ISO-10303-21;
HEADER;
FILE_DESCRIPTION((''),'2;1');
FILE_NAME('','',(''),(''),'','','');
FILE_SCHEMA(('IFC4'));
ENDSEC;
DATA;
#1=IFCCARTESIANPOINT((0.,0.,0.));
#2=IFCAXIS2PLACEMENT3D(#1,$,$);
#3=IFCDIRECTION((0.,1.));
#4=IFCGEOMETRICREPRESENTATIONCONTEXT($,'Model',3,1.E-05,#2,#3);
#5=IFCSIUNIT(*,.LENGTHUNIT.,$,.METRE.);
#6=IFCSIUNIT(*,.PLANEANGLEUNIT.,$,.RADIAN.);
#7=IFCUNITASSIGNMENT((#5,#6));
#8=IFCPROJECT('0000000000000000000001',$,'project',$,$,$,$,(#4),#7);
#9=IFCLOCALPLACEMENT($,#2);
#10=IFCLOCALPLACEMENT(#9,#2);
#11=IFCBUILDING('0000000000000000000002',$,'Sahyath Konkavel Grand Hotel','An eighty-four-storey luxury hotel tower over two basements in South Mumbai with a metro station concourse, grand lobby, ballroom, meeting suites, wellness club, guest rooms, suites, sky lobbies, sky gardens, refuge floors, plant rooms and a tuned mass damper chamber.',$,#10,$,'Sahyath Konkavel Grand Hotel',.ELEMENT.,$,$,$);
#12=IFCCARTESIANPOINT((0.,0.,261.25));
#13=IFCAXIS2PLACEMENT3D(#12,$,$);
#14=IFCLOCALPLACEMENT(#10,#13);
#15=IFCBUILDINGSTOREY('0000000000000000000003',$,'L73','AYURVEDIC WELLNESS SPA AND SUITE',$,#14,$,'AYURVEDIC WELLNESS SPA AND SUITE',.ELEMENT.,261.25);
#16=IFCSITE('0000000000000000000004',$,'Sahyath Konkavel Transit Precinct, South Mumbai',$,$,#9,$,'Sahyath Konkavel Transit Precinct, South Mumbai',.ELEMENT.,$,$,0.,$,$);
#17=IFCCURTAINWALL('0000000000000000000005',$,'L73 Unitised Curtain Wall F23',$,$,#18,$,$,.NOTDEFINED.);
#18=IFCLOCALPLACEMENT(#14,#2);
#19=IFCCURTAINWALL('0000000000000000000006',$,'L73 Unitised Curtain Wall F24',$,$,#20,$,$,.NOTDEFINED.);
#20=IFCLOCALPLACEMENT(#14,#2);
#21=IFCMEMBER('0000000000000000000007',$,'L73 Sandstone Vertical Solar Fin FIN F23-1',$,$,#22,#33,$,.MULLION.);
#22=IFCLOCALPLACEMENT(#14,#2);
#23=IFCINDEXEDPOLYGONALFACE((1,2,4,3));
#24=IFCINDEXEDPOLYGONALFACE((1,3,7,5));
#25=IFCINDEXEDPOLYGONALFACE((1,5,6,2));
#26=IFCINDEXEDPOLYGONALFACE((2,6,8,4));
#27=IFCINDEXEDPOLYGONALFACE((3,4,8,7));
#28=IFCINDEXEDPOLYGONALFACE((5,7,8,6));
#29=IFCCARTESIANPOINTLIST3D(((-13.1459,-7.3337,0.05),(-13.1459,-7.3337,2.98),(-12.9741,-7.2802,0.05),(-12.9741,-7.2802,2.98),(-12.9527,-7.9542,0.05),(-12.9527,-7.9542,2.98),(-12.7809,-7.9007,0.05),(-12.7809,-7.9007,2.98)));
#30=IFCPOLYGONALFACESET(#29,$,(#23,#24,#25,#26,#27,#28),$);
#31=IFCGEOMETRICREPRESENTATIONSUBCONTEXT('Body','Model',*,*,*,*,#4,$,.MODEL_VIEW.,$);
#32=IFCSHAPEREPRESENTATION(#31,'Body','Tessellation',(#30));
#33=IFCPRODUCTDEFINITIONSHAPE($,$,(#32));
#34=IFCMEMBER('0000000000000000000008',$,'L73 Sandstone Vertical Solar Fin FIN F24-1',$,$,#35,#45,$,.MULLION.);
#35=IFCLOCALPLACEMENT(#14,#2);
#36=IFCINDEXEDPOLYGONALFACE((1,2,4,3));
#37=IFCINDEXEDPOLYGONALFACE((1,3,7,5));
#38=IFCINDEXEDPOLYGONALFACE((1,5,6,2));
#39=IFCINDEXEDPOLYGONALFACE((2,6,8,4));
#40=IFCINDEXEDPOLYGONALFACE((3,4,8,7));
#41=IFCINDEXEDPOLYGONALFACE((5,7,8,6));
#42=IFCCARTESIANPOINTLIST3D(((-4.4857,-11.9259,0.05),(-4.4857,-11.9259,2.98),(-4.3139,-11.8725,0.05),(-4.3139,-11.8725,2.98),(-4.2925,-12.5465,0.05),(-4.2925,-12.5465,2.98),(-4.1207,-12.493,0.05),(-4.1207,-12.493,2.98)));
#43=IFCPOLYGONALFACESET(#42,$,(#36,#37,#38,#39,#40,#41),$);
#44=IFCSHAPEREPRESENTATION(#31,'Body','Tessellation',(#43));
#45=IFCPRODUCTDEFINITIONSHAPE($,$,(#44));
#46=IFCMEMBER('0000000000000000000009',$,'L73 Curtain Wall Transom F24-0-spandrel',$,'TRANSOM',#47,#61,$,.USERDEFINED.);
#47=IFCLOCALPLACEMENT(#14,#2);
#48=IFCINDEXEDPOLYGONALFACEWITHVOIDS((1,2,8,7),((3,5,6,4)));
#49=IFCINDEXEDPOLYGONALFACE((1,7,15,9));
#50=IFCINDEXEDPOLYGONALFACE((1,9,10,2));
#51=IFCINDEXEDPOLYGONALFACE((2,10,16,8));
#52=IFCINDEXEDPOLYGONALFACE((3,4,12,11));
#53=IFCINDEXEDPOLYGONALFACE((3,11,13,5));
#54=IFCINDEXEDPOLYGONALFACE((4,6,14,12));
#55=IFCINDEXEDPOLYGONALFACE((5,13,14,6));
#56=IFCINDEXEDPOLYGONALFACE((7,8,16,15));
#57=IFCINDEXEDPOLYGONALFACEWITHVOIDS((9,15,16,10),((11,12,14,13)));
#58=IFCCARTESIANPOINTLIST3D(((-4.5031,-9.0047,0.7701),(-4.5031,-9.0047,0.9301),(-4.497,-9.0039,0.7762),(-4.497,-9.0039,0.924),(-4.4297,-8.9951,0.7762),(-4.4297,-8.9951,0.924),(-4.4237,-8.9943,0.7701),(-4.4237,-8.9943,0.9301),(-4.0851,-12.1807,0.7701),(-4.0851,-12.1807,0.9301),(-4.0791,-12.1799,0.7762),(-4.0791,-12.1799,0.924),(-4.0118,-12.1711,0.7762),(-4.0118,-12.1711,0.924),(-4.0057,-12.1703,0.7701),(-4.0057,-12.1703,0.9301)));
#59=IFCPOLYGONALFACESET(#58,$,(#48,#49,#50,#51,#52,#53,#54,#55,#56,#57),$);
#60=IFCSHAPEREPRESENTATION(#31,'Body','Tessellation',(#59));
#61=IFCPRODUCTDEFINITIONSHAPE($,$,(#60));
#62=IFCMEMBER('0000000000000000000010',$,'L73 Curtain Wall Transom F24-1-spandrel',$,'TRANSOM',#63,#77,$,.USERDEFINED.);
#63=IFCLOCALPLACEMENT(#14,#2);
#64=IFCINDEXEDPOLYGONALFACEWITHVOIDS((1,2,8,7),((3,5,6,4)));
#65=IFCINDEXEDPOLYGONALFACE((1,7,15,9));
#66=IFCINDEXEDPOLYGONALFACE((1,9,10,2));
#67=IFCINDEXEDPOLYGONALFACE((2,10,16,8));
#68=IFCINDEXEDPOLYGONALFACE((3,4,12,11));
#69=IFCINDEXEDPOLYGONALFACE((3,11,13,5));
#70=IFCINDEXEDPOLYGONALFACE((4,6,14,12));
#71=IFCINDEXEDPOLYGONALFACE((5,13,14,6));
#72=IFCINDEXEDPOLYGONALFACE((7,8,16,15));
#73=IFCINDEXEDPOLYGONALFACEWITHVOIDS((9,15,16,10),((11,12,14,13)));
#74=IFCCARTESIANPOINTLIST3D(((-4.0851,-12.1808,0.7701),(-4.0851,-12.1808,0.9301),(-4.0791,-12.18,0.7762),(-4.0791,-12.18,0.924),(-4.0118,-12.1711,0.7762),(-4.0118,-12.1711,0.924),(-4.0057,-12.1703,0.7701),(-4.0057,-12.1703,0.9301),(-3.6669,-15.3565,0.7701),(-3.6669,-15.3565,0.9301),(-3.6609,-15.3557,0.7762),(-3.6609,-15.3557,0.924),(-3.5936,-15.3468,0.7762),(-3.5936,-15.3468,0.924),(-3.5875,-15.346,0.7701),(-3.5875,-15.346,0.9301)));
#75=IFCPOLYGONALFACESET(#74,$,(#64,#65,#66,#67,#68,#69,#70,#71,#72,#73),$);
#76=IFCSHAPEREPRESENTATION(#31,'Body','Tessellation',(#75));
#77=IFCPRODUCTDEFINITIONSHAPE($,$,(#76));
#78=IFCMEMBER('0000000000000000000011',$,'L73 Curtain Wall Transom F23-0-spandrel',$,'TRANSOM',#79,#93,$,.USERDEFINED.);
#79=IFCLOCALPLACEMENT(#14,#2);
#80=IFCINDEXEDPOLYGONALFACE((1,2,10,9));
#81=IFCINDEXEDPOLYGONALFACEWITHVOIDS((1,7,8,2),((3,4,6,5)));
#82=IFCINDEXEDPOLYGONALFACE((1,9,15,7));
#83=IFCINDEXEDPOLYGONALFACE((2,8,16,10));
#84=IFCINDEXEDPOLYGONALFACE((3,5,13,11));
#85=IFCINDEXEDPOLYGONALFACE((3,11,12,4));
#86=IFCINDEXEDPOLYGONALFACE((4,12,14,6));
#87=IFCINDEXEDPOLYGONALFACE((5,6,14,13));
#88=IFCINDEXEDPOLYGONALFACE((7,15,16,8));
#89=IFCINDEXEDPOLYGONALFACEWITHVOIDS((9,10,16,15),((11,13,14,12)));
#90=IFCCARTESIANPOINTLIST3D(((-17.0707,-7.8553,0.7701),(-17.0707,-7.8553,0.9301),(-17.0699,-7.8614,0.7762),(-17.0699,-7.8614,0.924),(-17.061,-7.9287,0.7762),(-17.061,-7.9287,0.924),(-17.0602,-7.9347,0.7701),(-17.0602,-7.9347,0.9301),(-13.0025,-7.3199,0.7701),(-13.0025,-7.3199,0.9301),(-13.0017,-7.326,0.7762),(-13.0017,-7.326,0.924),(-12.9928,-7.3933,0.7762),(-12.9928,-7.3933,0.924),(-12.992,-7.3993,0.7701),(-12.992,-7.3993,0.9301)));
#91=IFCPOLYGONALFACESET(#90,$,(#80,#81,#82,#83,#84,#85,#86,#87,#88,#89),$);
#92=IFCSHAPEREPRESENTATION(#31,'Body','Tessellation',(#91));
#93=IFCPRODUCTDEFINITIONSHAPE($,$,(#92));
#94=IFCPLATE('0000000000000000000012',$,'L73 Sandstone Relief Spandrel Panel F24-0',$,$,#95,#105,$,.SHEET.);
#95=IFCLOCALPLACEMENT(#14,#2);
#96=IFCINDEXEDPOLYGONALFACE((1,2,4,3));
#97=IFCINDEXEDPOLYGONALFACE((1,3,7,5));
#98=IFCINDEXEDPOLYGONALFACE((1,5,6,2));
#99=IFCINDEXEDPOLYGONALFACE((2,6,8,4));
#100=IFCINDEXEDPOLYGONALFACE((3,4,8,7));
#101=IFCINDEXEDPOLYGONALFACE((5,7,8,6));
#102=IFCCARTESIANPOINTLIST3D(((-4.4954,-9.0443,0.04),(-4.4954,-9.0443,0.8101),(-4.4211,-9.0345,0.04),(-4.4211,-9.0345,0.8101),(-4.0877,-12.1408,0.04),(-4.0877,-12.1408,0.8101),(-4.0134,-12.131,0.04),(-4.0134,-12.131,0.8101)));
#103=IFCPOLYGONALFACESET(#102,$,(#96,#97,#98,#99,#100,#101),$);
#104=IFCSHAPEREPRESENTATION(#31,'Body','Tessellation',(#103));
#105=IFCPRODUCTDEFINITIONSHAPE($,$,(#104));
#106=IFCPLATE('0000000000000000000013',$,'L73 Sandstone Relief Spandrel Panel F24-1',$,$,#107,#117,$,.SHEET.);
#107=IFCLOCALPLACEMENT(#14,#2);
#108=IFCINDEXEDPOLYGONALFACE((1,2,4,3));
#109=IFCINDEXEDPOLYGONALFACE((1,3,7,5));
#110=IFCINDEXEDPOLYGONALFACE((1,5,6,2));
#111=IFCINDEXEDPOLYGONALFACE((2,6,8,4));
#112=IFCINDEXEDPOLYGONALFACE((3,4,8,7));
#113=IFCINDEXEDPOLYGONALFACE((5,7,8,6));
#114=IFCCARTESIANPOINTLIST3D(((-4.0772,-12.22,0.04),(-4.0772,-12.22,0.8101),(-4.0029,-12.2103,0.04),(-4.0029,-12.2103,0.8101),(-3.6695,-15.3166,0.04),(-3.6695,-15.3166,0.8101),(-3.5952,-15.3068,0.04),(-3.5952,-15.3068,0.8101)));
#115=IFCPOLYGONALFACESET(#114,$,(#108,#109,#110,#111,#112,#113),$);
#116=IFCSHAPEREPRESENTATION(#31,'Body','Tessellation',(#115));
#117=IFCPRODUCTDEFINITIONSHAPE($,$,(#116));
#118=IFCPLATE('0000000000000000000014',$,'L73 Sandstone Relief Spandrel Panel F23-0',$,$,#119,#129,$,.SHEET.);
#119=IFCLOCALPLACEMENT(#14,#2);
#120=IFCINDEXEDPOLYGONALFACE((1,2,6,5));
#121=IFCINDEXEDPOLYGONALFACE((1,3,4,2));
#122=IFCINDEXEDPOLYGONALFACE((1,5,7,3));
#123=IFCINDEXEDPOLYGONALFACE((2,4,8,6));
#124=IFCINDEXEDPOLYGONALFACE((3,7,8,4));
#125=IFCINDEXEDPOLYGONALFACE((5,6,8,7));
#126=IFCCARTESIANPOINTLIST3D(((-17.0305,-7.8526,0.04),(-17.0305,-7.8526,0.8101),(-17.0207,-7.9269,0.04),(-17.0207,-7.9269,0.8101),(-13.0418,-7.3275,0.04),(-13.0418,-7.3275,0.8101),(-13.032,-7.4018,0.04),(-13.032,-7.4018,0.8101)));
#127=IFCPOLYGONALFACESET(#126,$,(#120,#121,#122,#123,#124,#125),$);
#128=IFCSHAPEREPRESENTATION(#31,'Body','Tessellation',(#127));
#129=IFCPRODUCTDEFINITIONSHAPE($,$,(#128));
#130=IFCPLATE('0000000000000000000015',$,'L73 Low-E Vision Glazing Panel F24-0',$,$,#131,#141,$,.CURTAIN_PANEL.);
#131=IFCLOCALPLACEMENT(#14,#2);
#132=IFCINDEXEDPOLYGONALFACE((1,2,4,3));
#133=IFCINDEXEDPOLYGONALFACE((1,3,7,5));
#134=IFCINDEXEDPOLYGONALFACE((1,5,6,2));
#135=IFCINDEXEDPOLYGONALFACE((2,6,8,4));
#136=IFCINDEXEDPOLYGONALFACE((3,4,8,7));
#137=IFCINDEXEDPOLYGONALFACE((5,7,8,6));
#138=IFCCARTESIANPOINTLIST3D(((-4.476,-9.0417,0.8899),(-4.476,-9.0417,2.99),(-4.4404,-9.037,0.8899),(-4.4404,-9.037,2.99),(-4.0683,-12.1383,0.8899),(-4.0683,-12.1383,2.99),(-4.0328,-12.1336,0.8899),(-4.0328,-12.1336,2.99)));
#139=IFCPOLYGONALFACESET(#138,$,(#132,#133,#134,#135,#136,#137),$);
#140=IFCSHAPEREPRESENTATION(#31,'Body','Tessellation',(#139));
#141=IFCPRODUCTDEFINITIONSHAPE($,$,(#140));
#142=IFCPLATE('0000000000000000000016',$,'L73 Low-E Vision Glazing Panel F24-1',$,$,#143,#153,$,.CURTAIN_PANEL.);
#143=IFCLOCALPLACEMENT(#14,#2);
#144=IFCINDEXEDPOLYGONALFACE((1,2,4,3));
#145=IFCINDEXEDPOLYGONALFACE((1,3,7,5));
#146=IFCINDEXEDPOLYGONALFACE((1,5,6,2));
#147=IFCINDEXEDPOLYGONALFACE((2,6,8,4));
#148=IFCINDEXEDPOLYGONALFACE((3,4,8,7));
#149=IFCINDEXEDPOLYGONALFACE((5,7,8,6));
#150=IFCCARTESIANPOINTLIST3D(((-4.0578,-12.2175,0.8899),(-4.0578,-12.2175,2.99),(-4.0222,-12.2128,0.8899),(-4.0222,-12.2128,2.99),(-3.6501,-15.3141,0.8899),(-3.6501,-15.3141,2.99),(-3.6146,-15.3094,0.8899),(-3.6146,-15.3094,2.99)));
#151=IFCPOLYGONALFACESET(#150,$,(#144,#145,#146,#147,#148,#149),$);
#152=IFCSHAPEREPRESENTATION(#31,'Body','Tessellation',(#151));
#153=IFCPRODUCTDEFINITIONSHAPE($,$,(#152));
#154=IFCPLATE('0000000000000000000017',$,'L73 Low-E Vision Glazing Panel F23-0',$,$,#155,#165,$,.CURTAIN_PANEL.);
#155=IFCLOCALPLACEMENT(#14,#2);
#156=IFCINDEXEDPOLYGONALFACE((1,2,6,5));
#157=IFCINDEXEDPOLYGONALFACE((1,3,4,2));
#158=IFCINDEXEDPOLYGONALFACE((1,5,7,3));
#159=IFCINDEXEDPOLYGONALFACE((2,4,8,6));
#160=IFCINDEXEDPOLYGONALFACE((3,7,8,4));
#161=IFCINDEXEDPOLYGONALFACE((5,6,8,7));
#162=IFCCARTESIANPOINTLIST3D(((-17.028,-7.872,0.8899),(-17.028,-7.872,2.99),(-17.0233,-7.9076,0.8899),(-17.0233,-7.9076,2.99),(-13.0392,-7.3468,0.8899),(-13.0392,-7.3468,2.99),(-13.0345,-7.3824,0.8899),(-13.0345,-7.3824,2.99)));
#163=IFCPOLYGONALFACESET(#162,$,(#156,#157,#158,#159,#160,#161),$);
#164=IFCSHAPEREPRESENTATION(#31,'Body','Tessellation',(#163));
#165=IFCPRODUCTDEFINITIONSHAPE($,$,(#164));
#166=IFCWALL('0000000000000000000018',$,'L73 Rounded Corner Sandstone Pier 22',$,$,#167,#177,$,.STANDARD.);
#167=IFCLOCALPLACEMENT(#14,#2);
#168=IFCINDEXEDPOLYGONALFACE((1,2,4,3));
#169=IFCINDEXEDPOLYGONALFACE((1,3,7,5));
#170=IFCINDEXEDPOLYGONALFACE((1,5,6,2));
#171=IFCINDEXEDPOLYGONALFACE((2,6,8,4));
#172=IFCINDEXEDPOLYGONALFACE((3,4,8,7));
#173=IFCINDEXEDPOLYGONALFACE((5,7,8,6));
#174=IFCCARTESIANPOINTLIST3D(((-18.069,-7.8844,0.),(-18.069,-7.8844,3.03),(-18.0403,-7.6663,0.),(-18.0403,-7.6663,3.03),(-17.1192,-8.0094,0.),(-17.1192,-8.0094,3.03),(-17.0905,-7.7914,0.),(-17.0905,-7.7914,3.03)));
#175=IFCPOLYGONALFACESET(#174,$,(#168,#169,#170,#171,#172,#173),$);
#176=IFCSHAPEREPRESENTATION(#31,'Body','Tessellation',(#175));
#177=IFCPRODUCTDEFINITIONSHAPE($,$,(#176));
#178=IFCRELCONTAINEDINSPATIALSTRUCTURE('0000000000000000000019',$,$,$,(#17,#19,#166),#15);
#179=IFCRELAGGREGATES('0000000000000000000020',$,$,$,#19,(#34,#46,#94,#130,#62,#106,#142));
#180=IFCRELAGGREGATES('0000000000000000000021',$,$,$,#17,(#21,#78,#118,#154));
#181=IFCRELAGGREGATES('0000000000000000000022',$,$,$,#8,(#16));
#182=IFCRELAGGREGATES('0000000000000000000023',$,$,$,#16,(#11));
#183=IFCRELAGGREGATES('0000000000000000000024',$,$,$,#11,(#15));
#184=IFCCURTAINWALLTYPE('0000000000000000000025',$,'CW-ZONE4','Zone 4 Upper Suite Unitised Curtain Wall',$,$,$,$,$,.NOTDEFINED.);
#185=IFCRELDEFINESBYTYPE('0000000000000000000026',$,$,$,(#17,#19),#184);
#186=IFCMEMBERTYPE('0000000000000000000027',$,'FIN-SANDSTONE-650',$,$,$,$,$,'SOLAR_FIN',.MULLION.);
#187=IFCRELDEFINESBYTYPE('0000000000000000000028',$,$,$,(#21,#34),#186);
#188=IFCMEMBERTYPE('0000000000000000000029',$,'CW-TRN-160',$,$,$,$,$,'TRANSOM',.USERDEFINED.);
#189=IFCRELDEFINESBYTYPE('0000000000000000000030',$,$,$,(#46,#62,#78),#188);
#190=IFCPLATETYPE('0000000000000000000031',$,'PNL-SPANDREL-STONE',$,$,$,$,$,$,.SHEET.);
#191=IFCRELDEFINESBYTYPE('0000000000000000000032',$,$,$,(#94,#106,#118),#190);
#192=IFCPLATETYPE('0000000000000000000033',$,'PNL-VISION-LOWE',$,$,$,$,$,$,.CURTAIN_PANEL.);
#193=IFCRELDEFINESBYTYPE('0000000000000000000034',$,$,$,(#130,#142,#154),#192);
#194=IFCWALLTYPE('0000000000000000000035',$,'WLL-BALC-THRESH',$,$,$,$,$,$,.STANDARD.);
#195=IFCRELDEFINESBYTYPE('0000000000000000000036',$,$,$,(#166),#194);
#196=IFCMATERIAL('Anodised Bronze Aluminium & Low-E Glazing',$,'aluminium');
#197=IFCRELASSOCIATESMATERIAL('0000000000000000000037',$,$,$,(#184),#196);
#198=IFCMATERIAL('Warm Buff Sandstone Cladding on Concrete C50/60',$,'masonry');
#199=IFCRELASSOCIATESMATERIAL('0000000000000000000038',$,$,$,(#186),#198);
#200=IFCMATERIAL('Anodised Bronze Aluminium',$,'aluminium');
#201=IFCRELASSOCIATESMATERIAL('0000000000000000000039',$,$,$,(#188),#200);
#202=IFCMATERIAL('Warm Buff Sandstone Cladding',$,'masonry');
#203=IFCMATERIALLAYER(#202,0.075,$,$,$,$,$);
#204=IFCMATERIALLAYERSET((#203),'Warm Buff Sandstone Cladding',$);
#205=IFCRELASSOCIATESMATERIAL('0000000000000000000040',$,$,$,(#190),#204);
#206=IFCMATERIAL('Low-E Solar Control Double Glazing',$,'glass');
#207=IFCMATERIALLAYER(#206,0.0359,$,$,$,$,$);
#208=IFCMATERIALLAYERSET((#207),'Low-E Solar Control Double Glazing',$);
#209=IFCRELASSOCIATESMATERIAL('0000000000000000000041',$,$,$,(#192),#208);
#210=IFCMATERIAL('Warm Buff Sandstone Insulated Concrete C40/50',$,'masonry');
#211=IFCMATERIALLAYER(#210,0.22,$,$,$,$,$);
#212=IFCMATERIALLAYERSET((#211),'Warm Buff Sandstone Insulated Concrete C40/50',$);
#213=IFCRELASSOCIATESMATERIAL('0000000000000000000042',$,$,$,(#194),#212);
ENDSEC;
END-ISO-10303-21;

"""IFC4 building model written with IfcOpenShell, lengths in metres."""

from ifc_helpers import new_model, si_unit, direction, frame, frame_2d, origin, origin_2d, place, context, subcontext, project, spatial, rectangle, hollow_rectangle, extrude, source, transform, mapped, material, layer, layer_set, material_profile, profile_set, type_object, element, aggregate, save


model = new_model("IFC4")

# Units and contexts
model_context = context("Model", 3, precision=1e-05, world=origin(), true_north=direction((0.0, 1.0)))
body_context = subcontext(model_context, "Body", "Model", "MODEL_VIEW")
ifc_project = project(units=[si_unit("LENGTHUNIT", "METRE"), si_unit("PLANEANGLEUNIT", "RADIAN")], contexts=[model_context])

# Site, building, storey
site_placement = place(None, origin())
site = spatial("IfcSite", under=ifc_project, at=site_placement, Name="Sahyath Konkavel Transit Precinct, South Mumbai", LongName="Sahyath Konkavel Transit Precinct, South Mumbai", CompositionType="ELEMENT", RefElevation=0.0)
building_placement = place(site_placement, origin())
building = spatial("IfcBuilding", under=site, at=building_placement, Name="Sahyath Konkavel Grand Hotel", Description="An eighty-four-storey luxury hotel tower over two basements in South Mumbai with a metro station concourse, grand lobby, ballroom, meeting suites, wellness club, guest rooms, suites, sky lobbies, sky gardens, refuge floors, plant rooms and a tuned mass damper chamber.", LongName="Sahyath Konkavel Grand Hotel", CompositionType="ELEMENT")
storey_placement = place(building_placement, frame((0.0, 0.0, 261.25)))
storey = spatial("IfcBuildingStorey", under=building, at=storey_placement, Name="L73", Description="AYURVEDIC WELLNESS SPA AND SUITE", LongName="AYURVEDIC WELLNESS SPA AND SUITE", CompositionType="ELEMENT", Elevation=261.25)

# Curtain walls
ifc_material_1 = material(Name="Anodised Bronze Aluminium & Low-E Glazing", Category="aluminium")
curtain_wall_type = type_object("IfcCurtainWallType", Name="CW-ZONE4", Description="Zone 4 Upper Suite Unitised Curtain Wall", PredefinedType="NOTDEFINED", material=ifc_material_1)
curtain_wall_1_placement = place(storey_placement, origin())
curtain_wall_1 = element("IfcCurtainWall", 1, at=curtain_wall_1_placement, inside=storey, type_object=curtain_wall_type, Name="L73 Unitised Curtain Wall F23", PredefinedType="NOTDEFINED")
ifc_material_2 = material(Name="Anodised Bronze Aluminium", Category="aluminium")
curtain_wall_2_placement = place(storey_placement, origin())
curtain_wall_2 = element("IfcCurtainWall", 2, at=curtain_wall_2_placement, inside=storey, type_object=curtain_wall_type, Name="L73 Unitised Curtain Wall F24", PredefinedType="NOTDEFINED")

# Members
ifc_material_3 = material(Name="Warm Buff Sandstone Cladding on Concrete C50/60", Category="masonry")
ifc_material_profile_1 = material_profile(ifc_material_3, rectangle(XDim=0.1799, YDim=0.6499, at=origin_2d()), Name="FIN 180x650")
ifc_profile_set_1 = profile_set([ifc_material_profile_1], Name="Warm Buff Sandstone Cladding on Concrete C50/60")
member_type_1 = type_object("IfcMemberType", Name="FIN-SANDSTONE-650", ElementType="SOLAR_FIN", PredefinedType="MULLION", material=ifc_profile_set_1)
shared_shape_1 = source(origin(), body_context, "Body", "SweptSolid", [
    extrude(rectangle(XDim=0.1799, YDim=0.6499, at=origin_2d()), origin(), (0.0, 0.0, 1.0), 2.9299),
])
member_1_placement = place(storey_placement, frame((-12.9634, -7.6172, 0.05), z_axis=(0.0, 0.0, 1.0), x_axis=(0.954813, 0.297208, 0.0)))
member_1 = element("IfcMember", 3, at=member_1_placement, type_object=member_type_1, Name="L73 Sandstone Vertical Solar Fin FIN F23-1", PredefinedType="MULLION", context=body_context, shape_type="MappedRepresentation", body=[
    mapped(shared_shape_1, transform((0.0, 0.0, 0.0), scale=1.0)),
])
member_2_placement = place(storey_placement, frame((-4.3032, -12.2095, 0.05), z_axis=(0.0, 0.0, 1.0), x_axis=(0.954813, 0.297208, 0.0)))
member_2 = element("IfcMember", 4, at=member_2_placement, type_object=member_type_1, Name="L73 Sandstone Vertical Solar Fin FIN F24-1", PredefinedType="MULLION", context=body_context, shape_type="MappedRepresentation", body=[
    mapped(shared_shape_1, transform((0.0, 0.0, 0.0), scale=1.0)),
])
ifc_material_profile_2 = material_profile(ifc_material_2, hollow_rectangle(XDim=0.0801, YDim=0.1599, WallThickness=0.0061, at=origin_2d()), Name="RHS 160x80x6")
ifc_profile_set_2 = profile_set([ifc_material_profile_2], Name="Anodised Bronze Aluminium")
member_type_2 = type_object("IfcMemberType", Name="CW-TRN-160", ElementType="TRANSOM", PredefinedType="USERDEFINED", material=ifc_profile_set_2)
shared_shape_2 = source(origin(), body_context, "Body", "SweptSolid", [
    extrude(hollow_rectangle(XDim=0.0801, YDim=0.1599, WallThickness=0.0061, at=origin_2d()), origin(), (0.0, 0.0, 1.0), 3.2034),
])
member_3_placement = place(storey_placement, frame((-4.4634, -8.9995, 0.8501), z_axis=(0.130476, -0.991451, 0.0), x_axis=(0.991451, 0.130476, 0.0)))
member_3 = element("IfcMember", 5, at=member_3_placement, type_object=member_type_2, Name="L73 Curtain Wall Transom F24-0-spandrel", ObjectType="TRANSOM", PredefinedType="USERDEFINED", context=body_context, shape_type="MappedRepresentation", body=[
    mapped(shared_shape_2, transform((0.0, 0.0, 0.0), scale=1.0)),
])
shared_shape_3 = source(origin(), body_context, "Body", "SweptSolid", [
    extrude(hollow_rectangle(XDim=0.0801, YDim=0.1599, WallThickness=0.0061, at=origin_2d()), origin(), (0.0, 0.0, 1.0), 3.2031),
])
member_4_placement = place(storey_placement, frame((-4.0454, -12.1755, 0.8501), z_axis=(0.130561, -0.99144, 0.0), x_axis=(0.99144, 0.130561, 0.0)))
member_4 = element("IfcMember", 6, at=member_4_placement, type_object=member_type_2, Name="L73 Curtain Wall Transom F24-1-spandrel", ObjectType="TRANSOM", PredefinedType="USERDEFINED", context=body_context, shape_type="MappedRepresentation", body=[
    mapped(shared_shape_3, transform((0.0, 0.0, 0.0), scale=1.0)),
])
shared_shape_4 = source(origin(), body_context, "Body", "SweptSolid", [
    extrude(hollow_rectangle(XDim=0.0801, YDim=0.1599, WallThickness=0.0061, at=origin_2d()), origin(), (0.0, 0.0, 1.0), 4.1033),
])
member_5_placement = place(storey_placement, frame((-17.0654, -7.895, 0.8501), z_axis=(0.99145, 0.130484, 0.0), x_axis=(-0.130484, 0.99145, 0.0)))
member_5 = element("IfcMember", 7, at=member_5_placement, type_object=member_type_2, Name="L73 Curtain Wall Transom F23-0-spandrel", ObjectType="TRANSOM", PredefinedType="USERDEFINED", context=body_context, shape_type="MappedRepresentation", body=[
    mapped(shared_shape_4, transform((0.0, 0.0, 0.0), scale=1.0)),
])

# Plates
ifc_material_4 = material(Name="Warm Buff Sandstone Cladding", Category="masonry")
ifc_layer_1 = layer(ifc_material_4, 0.075)
ifc_layer_set_1 = layer_set([ifc_layer_1], Name="Warm Buff Sandstone Cladding")
plate_type_1 = type_object("IfcPlateType", Name="PNL-SPANDREL-STONE", PredefinedType="SHEET", material=ifc_layer_set_1)
shared_shape_5 = source(origin(), body_context, "Body", "SweptSolid", [
    extrude(rectangle(XDim=3.1233, YDim=0.075, at=origin_2d()), origin(), (0.0, 0.0, 1.0), 0.77),
])
plate_1_placement = place(storey_placement, frame((-4.2544, -10.5876, 0.04), z_axis=(0.0, 0.0, 1.0), x_axis=(0.130526, -0.991445, 0.0)))
plate_1 = element("IfcPlate", 8, at=plate_1_placement, type_object=plate_type_1, Name="L73 Sandstone Relief Spandrel Panel F24-0", PredefinedType="SHEET", context=body_context, shape_type="MappedRepresentation", body=[
    mapped(shared_shape_5, transform((0.0, 0.0, 0.0), scale=1.0)),
])
plate_2_placement = place(storey_placement, frame((-3.8362, -13.7634, 0.04), z_axis=(0.0, 0.0, 1.0), x_axis=(0.130526, -0.991445, 0.0)))
plate_2 = element("IfcPlate", 9, at=plate_2_placement, type_object=plate_type_1, Name="L73 Sandstone Relief Spandrel Panel F24-1", PredefinedType="SHEET", context=body_context, shape_type="MappedRepresentation", body=[
    mapped(shared_shape_5, transform((0.0, 0.0, 0.0), scale=1.0)),
])
shared_shape_6 = source(origin(), body_context, "Body", "SweptSolid", [
    extrude(rectangle(XDim=4.0232, YDim=0.075, at=origin_2d()), origin(), (0.0, 0.0, 1.0), 0.77),
])
plate_3_placement = place(storey_placement, frame((-15.0312, -7.6272, 0.04), z_axis=(0.0, 0.0, 1.0), x_axis=(0.991445, 0.130526, 0.0)))
plate_3 = element("IfcPlate", 10, at=plate_3_placement, type_object=plate_type_1, Name="L73 Sandstone Relief Spandrel Panel F23-0", PredefinedType="SHEET", context=body_context, shape_type="MappedRepresentation", body=[
    mapped(shared_shape_6, transform((0.0, 0.0, 0.0), scale=1.0)),
])
ifc_material_5 = material(Name="Low-E Solar Control Double Glazing", Category="glass")
ifc_layer_2 = layer(ifc_material_5, 0.0359)
ifc_layer_set_2 = layer_set([ifc_layer_2], Name="Low-E Solar Control Double Glazing")
plate_type_2 = type_object("IfcPlateType", Name="PNL-VISION-LOWE", PredefinedType="CURTAIN_PANEL", material=ifc_layer_set_2)
shared_shape_7 = source(origin(), body_context, "Body", "SweptSolid", [
    extrude(rectangle(XDim=3.1233, YDim=0.0359, at=origin_2d()), origin(), (0.0, 0.0, 1.0), 2.1001),
])
plate_4_placement = place(storey_placement, frame((-4.2544, -10.5876, 0.8899), z_axis=(0.0, 0.0, 1.0), x_axis=(0.130526, -0.991445, 0.0)))
plate_4 = element("IfcPlate", 11, at=plate_4_placement, type_object=plate_type_2, Name="L73 Low-E Vision Glazing Panel F24-0", PredefinedType="CURTAIN_PANEL", context=body_context, shape_type="MappedRepresentation", body=[
    mapped(shared_shape_7, transform((0.0, 0.0, 0.0), scale=1.0)),
])
plate_5_placement = place(storey_placement, frame((-3.8362, -13.7634, 0.8899), z_axis=(0.0, 0.0, 1.0), x_axis=(0.130526, -0.991445, 0.0)))
plate_5 = element("IfcPlate", 12, at=plate_5_placement, type_object=plate_type_2, Name="L73 Low-E Vision Glazing Panel F24-1", PredefinedType="CURTAIN_PANEL", context=body_context, shape_type="MappedRepresentation", body=[
    mapped(shared_shape_7, transform((0.0, 0.0, 0.0), scale=1.0)),
])
aggregate(curtain_wall_2, [member_2, member_3, plate_1, plate_4, member_4, plate_2, plate_5])
shared_shape_8 = source(origin(), body_context, "Body", "SweptSolid", [
    extrude(rectangle(XDim=4.0232, YDim=0.0359, at=origin_2d()), origin(), (0.0, 0.0, 1.0), 2.1001),
])
plate_6_placement = place(storey_placement, frame((-15.0312, -7.6272, 0.8899), z_axis=(0.0, 0.0, 1.0), x_axis=(0.991445, 0.130526, 0.0)))
plate_6 = element("IfcPlate", 13, at=plate_6_placement, type_object=plate_type_2, Name="L73 Low-E Vision Glazing Panel F23-0", PredefinedType="CURTAIN_PANEL", context=body_context, shape_type="MappedRepresentation", body=[
    mapped(shared_shape_8, transform((0.0, 0.0, 0.0), scale=1.0)),
])
aggregate(curtain_wall_1, [member_1, member_5, plate_3, plate_6])

# Wall
ifc_material_6 = material(Name="Warm Buff Sandstone Insulated Concrete C40/50", Category="masonry")
ifc_layer_3 = layer(ifc_material_6, 0.22)
ifc_layer_set_3 = layer_set([ifc_layer_3], Name="Warm Buff Sandstone Insulated Concrete C40/50")
wall_type_1 = type_object("IfcWallType", Name="WLL-BALC-THRESH", PredefinedType="STANDARD", material=ifc_layer_set_3)
wall_1_placement = place(storey_placement, frame((-18.0547, -7.7754, 0.0), z_axis=(0.0, 0.0, 1.0), x_axis=(0.991449, -0.130494, 0.0)))
element("IfcWall", 14, at=wall_1_placement, inside=storey, type_object=wall_type_1, Name="L73 Rounded Corner Sandstone Pier 22", PredefinedType="STANDARD", context=body_context, shape_type="SweptSolid", body=[
    extrude(rectangle(XDim=0.958, YDim=0.22, at=frame_2d((0.479, 0.0))), origin(), (0.0, 0.0, 1.0), 3.03),
])

save(model, "model.ifc")
